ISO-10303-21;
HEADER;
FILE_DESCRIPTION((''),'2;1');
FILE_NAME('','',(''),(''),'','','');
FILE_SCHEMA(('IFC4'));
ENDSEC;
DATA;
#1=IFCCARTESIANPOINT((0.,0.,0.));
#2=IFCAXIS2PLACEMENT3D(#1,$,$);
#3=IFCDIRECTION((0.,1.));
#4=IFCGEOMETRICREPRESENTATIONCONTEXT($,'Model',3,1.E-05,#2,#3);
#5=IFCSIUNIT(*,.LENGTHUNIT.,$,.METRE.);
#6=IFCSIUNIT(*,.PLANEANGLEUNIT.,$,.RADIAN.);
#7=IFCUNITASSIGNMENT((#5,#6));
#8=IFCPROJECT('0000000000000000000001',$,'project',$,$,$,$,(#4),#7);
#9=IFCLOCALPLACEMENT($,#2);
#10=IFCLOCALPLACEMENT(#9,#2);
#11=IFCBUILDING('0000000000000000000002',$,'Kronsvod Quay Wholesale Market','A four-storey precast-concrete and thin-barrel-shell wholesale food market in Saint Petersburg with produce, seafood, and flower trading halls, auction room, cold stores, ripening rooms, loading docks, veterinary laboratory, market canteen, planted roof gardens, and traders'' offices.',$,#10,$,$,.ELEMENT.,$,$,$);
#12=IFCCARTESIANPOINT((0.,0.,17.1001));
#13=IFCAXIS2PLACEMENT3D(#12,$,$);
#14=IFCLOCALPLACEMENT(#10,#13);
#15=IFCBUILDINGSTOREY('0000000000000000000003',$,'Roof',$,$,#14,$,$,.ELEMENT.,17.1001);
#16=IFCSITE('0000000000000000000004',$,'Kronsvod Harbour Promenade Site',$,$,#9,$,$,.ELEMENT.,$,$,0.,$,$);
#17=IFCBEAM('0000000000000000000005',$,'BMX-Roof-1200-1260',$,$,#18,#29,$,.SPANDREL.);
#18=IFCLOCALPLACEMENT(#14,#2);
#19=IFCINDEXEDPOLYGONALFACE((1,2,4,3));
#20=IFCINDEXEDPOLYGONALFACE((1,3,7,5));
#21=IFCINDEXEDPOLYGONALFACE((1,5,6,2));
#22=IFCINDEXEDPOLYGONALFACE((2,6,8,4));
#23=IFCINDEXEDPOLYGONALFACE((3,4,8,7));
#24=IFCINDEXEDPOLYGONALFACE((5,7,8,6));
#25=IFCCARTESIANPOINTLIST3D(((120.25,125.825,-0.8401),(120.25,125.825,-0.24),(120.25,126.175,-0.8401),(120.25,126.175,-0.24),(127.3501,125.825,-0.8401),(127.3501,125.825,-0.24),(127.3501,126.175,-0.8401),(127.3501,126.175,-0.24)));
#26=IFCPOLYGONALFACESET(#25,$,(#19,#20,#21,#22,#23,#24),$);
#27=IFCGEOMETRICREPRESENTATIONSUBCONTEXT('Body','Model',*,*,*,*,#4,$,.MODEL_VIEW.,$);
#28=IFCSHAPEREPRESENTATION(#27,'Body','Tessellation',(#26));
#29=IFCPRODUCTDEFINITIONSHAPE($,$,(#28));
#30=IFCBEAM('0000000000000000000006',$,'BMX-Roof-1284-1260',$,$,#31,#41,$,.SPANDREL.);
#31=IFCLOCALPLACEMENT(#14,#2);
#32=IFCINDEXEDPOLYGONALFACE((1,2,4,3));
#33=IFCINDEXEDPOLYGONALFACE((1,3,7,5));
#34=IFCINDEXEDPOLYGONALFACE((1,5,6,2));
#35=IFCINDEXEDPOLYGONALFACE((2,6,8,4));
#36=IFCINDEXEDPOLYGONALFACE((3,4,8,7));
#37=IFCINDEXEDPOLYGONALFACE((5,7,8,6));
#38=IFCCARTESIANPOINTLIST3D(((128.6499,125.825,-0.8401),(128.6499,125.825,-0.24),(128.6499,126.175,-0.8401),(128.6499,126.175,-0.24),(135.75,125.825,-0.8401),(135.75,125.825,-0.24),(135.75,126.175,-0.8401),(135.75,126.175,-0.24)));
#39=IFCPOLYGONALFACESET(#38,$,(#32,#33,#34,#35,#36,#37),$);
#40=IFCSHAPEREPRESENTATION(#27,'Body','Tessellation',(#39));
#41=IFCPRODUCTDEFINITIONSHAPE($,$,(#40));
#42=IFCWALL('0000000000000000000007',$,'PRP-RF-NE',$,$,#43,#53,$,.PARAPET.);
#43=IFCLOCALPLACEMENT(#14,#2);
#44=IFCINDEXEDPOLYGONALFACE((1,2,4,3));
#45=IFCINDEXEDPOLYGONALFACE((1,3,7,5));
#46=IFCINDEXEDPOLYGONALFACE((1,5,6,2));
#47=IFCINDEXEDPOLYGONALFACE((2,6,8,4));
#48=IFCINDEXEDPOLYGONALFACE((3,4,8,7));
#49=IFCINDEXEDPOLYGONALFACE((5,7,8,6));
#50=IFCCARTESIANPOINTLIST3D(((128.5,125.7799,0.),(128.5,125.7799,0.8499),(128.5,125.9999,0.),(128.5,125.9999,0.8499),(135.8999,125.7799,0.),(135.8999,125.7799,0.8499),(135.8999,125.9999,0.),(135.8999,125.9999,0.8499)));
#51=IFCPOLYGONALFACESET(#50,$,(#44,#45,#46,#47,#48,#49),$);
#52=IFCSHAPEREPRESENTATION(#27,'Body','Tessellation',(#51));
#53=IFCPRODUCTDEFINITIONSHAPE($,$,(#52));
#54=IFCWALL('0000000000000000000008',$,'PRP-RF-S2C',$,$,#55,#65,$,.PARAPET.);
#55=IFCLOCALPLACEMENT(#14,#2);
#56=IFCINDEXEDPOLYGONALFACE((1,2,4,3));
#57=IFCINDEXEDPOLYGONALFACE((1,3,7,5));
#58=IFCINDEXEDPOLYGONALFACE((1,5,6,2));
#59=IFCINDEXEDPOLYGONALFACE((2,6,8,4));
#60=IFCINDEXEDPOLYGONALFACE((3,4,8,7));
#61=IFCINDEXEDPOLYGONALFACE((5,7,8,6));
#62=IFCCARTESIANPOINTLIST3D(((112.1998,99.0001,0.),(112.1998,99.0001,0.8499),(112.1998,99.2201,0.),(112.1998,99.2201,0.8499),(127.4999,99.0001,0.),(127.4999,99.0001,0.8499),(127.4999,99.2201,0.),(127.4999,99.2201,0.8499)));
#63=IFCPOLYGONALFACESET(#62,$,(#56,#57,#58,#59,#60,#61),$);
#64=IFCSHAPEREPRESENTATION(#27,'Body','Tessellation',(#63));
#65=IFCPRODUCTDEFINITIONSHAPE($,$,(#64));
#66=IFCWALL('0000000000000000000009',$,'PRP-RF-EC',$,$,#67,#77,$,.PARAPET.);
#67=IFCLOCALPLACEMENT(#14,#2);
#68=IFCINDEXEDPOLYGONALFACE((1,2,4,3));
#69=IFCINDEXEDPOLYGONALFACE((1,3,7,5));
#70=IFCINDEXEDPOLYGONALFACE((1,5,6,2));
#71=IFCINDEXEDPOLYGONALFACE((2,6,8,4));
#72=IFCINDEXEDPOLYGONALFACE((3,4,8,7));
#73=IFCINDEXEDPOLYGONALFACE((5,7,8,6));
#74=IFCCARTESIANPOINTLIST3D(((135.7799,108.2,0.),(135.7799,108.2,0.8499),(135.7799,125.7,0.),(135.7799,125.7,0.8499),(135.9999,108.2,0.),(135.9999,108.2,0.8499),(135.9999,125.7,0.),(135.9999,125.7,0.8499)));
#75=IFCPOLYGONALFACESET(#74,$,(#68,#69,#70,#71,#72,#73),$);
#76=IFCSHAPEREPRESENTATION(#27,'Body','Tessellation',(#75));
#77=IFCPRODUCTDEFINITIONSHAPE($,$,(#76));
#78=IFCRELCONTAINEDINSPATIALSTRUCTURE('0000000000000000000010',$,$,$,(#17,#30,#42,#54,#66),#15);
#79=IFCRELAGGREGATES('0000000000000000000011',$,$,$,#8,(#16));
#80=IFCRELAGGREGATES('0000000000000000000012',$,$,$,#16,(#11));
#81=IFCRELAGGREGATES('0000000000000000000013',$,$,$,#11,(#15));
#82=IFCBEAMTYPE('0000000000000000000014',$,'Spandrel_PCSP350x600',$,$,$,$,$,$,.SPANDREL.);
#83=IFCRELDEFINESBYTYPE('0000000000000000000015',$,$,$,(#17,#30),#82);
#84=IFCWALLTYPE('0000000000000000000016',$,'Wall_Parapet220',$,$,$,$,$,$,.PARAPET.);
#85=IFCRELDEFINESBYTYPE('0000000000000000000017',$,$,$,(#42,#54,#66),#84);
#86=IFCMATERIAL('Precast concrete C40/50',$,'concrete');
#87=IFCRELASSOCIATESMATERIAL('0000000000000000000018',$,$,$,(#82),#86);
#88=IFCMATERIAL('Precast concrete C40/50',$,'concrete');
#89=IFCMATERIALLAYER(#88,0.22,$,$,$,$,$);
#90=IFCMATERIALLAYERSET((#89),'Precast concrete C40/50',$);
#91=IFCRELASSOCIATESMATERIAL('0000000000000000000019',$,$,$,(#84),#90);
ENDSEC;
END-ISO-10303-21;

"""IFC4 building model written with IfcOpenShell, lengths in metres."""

from ifc_helpers import new_model, si_unit, direction, frame, frame_2d, origin, origin_2d, place, context, subcontext, project, spatial, rectangle, extrude, material, layer, layer_set, material_profile, profile_set, type_object, element, save


model = new_model("IFC4")

# Units and contexts
model_context = context("Model", 3, precision=1e-05, world=origin(), true_north=direction((0.0, 1.0)))
body_context = subcontext(model_context, "Body", "Model", "MODEL_VIEW")
ifc_project = project(units=[si_unit("LENGTHUNIT", "METRE"), si_unit("PLANEANGLEUNIT", "RADIAN")], contexts=[model_context])

# Site, building, storey
site_placement = place(None, origin())
site = spatial("IfcSite", under=ifc_project, at=site_placement, Name="Kronsvod Harbour Promenade Site", CompositionType="ELEMENT", RefElevation=0.0)
building_placement = place(site_placement, origin())
building = spatial("IfcBuilding", under=site, at=building_placement, Name="Kronsvod Quay Wholesale Market", Description="A four-storey precast-concrete and thin-barrel-shell wholesale food market in Saint Petersburg with produce, seafood, and flower trading halls, auction room, cold stores, ripening rooms, loading docks, veterinary laboratory, market canteen, planted roof gardens, and traders' offices.", CompositionType="ELEMENT")
storey_placement = place(building_placement, frame((0.0, 0.0, 17.1001)))
storey = spatial("IfcBuildingStorey", under=building, at=storey_placement, Name="Roof", CompositionType="ELEMENT", Elevation=17.1001)

# Beams
ifc_material_1 = material(Name="Precast concrete C40/50", Category="concrete")
ifc_material_profile_1 = material_profile(ifc_material_1, rectangle(XDim=0.3501, YDim=0.6001, at=origin_2d()), Name="PCSP350x600")
ifc_profile_set_1 = profile_set([ifc_material_profile_1], Name="Precast concrete C40/50")
beam_type_1 = type_object("IfcBeamType", Name="Spandrel_PCSP350x600", PredefinedType="SPANDREL", material=ifc_profile_set_1)
for number, where, z_axis, x_axis, name in (
    (1, (120.25, 126.0, -0.54), (1.0, 0.0, 0.0), (0.0, 1.0, 0.0), "BMX-Roof-1200-1260"),
    (2, (128.6499, 126.0, -0.54), (1.0, 0.0, 0.0), (0.0, 1.0, 0.0), "BMX-Roof-1284-1260"),
):
    element("IfcBeam", number, at=place(storey_placement, frame(where, z_axis=z_axis, x_axis=x_axis)), inside=storey, type_object=beam_type_1, Name=name, PredefinedType="SPANDREL", context=body_context, shape_type="SweptSolid", body=[
        extrude(rectangle(XDim=0.3501, YDim=0.6001, at=origin_2d()), origin(), (0.0, 0.0, 1.0), 7.1001),
    ])

# Walls
ifc_material_2 = material(Name="Precast concrete C40/50", Category="concrete")
ifc_layer = layer(ifc_material_2, 0.22)
ifc_layer_set = layer_set([ifc_layer], Name="Precast concrete C40/50")
wall_type = type_object("IfcWallType", Name="Wall_Parapet220", PredefinedType="PARAPET", material=ifc_layer_set)
wall_1_placement = place(storey_placement, frame((128.5, 125.8899, 0.0), z_axis=(0.0, 0.0, 1.0), x_axis=(1.0, 0.0, 0.0)))
element("IfcWall", 3, at=wall_1_placement, inside=storey, type_object=wall_type, Name="PRP-RF-NE", PredefinedType="PARAPET", context=body_context, shape_type="SweptSolid", body=[
    extrude(rectangle(XDim=7.3999, YDim=0.22, at=frame_2d((3.7, 0.0))), origin(), (0.0, 0.0, 1.0), 0.8499),
])
wall_2_placement = place(storey_placement, frame((112.2, 99.1101, 0.0), z_axis=(0.0, 0.0, 1.0), x_axis=(1.0, 0.0, 0.0)))
element("IfcWall", 4, at=wall_2_placement, inside=storey, type_object=wall_type, Name="PRP-RF-S2C", PredefinedType="PARAPET", context=body_context, shape_type="SweptSolid", body=[
    extrude(rectangle(XDim=15.3, YDim=0.22, at=frame_2d((7.6499, 0.0))), origin(), (0.0, 0.0, 1.0), 0.8499),
])
wall_3_placement = place(storey_placement, frame((135.8899, 108.2, 0.0), z_axis=(0.0, 0.0, 1.0), x_axis=(0.0, 1.0, 0.0)))
element("IfcWall", 5, at=wall_3_placement, inside=storey, type_object=wall_type, Name="PRP-RF-EC", PredefinedType="PARAPET", context=body_context, shape_type="SweptSolid", body=[
    extrude(rectangle(XDim=17.5, YDim=0.22, at=frame_2d((8.75, 0.0))), origin(), (0.0, 0.0, 1.0), 0.8499),
])

save(model, "model.ifc")
